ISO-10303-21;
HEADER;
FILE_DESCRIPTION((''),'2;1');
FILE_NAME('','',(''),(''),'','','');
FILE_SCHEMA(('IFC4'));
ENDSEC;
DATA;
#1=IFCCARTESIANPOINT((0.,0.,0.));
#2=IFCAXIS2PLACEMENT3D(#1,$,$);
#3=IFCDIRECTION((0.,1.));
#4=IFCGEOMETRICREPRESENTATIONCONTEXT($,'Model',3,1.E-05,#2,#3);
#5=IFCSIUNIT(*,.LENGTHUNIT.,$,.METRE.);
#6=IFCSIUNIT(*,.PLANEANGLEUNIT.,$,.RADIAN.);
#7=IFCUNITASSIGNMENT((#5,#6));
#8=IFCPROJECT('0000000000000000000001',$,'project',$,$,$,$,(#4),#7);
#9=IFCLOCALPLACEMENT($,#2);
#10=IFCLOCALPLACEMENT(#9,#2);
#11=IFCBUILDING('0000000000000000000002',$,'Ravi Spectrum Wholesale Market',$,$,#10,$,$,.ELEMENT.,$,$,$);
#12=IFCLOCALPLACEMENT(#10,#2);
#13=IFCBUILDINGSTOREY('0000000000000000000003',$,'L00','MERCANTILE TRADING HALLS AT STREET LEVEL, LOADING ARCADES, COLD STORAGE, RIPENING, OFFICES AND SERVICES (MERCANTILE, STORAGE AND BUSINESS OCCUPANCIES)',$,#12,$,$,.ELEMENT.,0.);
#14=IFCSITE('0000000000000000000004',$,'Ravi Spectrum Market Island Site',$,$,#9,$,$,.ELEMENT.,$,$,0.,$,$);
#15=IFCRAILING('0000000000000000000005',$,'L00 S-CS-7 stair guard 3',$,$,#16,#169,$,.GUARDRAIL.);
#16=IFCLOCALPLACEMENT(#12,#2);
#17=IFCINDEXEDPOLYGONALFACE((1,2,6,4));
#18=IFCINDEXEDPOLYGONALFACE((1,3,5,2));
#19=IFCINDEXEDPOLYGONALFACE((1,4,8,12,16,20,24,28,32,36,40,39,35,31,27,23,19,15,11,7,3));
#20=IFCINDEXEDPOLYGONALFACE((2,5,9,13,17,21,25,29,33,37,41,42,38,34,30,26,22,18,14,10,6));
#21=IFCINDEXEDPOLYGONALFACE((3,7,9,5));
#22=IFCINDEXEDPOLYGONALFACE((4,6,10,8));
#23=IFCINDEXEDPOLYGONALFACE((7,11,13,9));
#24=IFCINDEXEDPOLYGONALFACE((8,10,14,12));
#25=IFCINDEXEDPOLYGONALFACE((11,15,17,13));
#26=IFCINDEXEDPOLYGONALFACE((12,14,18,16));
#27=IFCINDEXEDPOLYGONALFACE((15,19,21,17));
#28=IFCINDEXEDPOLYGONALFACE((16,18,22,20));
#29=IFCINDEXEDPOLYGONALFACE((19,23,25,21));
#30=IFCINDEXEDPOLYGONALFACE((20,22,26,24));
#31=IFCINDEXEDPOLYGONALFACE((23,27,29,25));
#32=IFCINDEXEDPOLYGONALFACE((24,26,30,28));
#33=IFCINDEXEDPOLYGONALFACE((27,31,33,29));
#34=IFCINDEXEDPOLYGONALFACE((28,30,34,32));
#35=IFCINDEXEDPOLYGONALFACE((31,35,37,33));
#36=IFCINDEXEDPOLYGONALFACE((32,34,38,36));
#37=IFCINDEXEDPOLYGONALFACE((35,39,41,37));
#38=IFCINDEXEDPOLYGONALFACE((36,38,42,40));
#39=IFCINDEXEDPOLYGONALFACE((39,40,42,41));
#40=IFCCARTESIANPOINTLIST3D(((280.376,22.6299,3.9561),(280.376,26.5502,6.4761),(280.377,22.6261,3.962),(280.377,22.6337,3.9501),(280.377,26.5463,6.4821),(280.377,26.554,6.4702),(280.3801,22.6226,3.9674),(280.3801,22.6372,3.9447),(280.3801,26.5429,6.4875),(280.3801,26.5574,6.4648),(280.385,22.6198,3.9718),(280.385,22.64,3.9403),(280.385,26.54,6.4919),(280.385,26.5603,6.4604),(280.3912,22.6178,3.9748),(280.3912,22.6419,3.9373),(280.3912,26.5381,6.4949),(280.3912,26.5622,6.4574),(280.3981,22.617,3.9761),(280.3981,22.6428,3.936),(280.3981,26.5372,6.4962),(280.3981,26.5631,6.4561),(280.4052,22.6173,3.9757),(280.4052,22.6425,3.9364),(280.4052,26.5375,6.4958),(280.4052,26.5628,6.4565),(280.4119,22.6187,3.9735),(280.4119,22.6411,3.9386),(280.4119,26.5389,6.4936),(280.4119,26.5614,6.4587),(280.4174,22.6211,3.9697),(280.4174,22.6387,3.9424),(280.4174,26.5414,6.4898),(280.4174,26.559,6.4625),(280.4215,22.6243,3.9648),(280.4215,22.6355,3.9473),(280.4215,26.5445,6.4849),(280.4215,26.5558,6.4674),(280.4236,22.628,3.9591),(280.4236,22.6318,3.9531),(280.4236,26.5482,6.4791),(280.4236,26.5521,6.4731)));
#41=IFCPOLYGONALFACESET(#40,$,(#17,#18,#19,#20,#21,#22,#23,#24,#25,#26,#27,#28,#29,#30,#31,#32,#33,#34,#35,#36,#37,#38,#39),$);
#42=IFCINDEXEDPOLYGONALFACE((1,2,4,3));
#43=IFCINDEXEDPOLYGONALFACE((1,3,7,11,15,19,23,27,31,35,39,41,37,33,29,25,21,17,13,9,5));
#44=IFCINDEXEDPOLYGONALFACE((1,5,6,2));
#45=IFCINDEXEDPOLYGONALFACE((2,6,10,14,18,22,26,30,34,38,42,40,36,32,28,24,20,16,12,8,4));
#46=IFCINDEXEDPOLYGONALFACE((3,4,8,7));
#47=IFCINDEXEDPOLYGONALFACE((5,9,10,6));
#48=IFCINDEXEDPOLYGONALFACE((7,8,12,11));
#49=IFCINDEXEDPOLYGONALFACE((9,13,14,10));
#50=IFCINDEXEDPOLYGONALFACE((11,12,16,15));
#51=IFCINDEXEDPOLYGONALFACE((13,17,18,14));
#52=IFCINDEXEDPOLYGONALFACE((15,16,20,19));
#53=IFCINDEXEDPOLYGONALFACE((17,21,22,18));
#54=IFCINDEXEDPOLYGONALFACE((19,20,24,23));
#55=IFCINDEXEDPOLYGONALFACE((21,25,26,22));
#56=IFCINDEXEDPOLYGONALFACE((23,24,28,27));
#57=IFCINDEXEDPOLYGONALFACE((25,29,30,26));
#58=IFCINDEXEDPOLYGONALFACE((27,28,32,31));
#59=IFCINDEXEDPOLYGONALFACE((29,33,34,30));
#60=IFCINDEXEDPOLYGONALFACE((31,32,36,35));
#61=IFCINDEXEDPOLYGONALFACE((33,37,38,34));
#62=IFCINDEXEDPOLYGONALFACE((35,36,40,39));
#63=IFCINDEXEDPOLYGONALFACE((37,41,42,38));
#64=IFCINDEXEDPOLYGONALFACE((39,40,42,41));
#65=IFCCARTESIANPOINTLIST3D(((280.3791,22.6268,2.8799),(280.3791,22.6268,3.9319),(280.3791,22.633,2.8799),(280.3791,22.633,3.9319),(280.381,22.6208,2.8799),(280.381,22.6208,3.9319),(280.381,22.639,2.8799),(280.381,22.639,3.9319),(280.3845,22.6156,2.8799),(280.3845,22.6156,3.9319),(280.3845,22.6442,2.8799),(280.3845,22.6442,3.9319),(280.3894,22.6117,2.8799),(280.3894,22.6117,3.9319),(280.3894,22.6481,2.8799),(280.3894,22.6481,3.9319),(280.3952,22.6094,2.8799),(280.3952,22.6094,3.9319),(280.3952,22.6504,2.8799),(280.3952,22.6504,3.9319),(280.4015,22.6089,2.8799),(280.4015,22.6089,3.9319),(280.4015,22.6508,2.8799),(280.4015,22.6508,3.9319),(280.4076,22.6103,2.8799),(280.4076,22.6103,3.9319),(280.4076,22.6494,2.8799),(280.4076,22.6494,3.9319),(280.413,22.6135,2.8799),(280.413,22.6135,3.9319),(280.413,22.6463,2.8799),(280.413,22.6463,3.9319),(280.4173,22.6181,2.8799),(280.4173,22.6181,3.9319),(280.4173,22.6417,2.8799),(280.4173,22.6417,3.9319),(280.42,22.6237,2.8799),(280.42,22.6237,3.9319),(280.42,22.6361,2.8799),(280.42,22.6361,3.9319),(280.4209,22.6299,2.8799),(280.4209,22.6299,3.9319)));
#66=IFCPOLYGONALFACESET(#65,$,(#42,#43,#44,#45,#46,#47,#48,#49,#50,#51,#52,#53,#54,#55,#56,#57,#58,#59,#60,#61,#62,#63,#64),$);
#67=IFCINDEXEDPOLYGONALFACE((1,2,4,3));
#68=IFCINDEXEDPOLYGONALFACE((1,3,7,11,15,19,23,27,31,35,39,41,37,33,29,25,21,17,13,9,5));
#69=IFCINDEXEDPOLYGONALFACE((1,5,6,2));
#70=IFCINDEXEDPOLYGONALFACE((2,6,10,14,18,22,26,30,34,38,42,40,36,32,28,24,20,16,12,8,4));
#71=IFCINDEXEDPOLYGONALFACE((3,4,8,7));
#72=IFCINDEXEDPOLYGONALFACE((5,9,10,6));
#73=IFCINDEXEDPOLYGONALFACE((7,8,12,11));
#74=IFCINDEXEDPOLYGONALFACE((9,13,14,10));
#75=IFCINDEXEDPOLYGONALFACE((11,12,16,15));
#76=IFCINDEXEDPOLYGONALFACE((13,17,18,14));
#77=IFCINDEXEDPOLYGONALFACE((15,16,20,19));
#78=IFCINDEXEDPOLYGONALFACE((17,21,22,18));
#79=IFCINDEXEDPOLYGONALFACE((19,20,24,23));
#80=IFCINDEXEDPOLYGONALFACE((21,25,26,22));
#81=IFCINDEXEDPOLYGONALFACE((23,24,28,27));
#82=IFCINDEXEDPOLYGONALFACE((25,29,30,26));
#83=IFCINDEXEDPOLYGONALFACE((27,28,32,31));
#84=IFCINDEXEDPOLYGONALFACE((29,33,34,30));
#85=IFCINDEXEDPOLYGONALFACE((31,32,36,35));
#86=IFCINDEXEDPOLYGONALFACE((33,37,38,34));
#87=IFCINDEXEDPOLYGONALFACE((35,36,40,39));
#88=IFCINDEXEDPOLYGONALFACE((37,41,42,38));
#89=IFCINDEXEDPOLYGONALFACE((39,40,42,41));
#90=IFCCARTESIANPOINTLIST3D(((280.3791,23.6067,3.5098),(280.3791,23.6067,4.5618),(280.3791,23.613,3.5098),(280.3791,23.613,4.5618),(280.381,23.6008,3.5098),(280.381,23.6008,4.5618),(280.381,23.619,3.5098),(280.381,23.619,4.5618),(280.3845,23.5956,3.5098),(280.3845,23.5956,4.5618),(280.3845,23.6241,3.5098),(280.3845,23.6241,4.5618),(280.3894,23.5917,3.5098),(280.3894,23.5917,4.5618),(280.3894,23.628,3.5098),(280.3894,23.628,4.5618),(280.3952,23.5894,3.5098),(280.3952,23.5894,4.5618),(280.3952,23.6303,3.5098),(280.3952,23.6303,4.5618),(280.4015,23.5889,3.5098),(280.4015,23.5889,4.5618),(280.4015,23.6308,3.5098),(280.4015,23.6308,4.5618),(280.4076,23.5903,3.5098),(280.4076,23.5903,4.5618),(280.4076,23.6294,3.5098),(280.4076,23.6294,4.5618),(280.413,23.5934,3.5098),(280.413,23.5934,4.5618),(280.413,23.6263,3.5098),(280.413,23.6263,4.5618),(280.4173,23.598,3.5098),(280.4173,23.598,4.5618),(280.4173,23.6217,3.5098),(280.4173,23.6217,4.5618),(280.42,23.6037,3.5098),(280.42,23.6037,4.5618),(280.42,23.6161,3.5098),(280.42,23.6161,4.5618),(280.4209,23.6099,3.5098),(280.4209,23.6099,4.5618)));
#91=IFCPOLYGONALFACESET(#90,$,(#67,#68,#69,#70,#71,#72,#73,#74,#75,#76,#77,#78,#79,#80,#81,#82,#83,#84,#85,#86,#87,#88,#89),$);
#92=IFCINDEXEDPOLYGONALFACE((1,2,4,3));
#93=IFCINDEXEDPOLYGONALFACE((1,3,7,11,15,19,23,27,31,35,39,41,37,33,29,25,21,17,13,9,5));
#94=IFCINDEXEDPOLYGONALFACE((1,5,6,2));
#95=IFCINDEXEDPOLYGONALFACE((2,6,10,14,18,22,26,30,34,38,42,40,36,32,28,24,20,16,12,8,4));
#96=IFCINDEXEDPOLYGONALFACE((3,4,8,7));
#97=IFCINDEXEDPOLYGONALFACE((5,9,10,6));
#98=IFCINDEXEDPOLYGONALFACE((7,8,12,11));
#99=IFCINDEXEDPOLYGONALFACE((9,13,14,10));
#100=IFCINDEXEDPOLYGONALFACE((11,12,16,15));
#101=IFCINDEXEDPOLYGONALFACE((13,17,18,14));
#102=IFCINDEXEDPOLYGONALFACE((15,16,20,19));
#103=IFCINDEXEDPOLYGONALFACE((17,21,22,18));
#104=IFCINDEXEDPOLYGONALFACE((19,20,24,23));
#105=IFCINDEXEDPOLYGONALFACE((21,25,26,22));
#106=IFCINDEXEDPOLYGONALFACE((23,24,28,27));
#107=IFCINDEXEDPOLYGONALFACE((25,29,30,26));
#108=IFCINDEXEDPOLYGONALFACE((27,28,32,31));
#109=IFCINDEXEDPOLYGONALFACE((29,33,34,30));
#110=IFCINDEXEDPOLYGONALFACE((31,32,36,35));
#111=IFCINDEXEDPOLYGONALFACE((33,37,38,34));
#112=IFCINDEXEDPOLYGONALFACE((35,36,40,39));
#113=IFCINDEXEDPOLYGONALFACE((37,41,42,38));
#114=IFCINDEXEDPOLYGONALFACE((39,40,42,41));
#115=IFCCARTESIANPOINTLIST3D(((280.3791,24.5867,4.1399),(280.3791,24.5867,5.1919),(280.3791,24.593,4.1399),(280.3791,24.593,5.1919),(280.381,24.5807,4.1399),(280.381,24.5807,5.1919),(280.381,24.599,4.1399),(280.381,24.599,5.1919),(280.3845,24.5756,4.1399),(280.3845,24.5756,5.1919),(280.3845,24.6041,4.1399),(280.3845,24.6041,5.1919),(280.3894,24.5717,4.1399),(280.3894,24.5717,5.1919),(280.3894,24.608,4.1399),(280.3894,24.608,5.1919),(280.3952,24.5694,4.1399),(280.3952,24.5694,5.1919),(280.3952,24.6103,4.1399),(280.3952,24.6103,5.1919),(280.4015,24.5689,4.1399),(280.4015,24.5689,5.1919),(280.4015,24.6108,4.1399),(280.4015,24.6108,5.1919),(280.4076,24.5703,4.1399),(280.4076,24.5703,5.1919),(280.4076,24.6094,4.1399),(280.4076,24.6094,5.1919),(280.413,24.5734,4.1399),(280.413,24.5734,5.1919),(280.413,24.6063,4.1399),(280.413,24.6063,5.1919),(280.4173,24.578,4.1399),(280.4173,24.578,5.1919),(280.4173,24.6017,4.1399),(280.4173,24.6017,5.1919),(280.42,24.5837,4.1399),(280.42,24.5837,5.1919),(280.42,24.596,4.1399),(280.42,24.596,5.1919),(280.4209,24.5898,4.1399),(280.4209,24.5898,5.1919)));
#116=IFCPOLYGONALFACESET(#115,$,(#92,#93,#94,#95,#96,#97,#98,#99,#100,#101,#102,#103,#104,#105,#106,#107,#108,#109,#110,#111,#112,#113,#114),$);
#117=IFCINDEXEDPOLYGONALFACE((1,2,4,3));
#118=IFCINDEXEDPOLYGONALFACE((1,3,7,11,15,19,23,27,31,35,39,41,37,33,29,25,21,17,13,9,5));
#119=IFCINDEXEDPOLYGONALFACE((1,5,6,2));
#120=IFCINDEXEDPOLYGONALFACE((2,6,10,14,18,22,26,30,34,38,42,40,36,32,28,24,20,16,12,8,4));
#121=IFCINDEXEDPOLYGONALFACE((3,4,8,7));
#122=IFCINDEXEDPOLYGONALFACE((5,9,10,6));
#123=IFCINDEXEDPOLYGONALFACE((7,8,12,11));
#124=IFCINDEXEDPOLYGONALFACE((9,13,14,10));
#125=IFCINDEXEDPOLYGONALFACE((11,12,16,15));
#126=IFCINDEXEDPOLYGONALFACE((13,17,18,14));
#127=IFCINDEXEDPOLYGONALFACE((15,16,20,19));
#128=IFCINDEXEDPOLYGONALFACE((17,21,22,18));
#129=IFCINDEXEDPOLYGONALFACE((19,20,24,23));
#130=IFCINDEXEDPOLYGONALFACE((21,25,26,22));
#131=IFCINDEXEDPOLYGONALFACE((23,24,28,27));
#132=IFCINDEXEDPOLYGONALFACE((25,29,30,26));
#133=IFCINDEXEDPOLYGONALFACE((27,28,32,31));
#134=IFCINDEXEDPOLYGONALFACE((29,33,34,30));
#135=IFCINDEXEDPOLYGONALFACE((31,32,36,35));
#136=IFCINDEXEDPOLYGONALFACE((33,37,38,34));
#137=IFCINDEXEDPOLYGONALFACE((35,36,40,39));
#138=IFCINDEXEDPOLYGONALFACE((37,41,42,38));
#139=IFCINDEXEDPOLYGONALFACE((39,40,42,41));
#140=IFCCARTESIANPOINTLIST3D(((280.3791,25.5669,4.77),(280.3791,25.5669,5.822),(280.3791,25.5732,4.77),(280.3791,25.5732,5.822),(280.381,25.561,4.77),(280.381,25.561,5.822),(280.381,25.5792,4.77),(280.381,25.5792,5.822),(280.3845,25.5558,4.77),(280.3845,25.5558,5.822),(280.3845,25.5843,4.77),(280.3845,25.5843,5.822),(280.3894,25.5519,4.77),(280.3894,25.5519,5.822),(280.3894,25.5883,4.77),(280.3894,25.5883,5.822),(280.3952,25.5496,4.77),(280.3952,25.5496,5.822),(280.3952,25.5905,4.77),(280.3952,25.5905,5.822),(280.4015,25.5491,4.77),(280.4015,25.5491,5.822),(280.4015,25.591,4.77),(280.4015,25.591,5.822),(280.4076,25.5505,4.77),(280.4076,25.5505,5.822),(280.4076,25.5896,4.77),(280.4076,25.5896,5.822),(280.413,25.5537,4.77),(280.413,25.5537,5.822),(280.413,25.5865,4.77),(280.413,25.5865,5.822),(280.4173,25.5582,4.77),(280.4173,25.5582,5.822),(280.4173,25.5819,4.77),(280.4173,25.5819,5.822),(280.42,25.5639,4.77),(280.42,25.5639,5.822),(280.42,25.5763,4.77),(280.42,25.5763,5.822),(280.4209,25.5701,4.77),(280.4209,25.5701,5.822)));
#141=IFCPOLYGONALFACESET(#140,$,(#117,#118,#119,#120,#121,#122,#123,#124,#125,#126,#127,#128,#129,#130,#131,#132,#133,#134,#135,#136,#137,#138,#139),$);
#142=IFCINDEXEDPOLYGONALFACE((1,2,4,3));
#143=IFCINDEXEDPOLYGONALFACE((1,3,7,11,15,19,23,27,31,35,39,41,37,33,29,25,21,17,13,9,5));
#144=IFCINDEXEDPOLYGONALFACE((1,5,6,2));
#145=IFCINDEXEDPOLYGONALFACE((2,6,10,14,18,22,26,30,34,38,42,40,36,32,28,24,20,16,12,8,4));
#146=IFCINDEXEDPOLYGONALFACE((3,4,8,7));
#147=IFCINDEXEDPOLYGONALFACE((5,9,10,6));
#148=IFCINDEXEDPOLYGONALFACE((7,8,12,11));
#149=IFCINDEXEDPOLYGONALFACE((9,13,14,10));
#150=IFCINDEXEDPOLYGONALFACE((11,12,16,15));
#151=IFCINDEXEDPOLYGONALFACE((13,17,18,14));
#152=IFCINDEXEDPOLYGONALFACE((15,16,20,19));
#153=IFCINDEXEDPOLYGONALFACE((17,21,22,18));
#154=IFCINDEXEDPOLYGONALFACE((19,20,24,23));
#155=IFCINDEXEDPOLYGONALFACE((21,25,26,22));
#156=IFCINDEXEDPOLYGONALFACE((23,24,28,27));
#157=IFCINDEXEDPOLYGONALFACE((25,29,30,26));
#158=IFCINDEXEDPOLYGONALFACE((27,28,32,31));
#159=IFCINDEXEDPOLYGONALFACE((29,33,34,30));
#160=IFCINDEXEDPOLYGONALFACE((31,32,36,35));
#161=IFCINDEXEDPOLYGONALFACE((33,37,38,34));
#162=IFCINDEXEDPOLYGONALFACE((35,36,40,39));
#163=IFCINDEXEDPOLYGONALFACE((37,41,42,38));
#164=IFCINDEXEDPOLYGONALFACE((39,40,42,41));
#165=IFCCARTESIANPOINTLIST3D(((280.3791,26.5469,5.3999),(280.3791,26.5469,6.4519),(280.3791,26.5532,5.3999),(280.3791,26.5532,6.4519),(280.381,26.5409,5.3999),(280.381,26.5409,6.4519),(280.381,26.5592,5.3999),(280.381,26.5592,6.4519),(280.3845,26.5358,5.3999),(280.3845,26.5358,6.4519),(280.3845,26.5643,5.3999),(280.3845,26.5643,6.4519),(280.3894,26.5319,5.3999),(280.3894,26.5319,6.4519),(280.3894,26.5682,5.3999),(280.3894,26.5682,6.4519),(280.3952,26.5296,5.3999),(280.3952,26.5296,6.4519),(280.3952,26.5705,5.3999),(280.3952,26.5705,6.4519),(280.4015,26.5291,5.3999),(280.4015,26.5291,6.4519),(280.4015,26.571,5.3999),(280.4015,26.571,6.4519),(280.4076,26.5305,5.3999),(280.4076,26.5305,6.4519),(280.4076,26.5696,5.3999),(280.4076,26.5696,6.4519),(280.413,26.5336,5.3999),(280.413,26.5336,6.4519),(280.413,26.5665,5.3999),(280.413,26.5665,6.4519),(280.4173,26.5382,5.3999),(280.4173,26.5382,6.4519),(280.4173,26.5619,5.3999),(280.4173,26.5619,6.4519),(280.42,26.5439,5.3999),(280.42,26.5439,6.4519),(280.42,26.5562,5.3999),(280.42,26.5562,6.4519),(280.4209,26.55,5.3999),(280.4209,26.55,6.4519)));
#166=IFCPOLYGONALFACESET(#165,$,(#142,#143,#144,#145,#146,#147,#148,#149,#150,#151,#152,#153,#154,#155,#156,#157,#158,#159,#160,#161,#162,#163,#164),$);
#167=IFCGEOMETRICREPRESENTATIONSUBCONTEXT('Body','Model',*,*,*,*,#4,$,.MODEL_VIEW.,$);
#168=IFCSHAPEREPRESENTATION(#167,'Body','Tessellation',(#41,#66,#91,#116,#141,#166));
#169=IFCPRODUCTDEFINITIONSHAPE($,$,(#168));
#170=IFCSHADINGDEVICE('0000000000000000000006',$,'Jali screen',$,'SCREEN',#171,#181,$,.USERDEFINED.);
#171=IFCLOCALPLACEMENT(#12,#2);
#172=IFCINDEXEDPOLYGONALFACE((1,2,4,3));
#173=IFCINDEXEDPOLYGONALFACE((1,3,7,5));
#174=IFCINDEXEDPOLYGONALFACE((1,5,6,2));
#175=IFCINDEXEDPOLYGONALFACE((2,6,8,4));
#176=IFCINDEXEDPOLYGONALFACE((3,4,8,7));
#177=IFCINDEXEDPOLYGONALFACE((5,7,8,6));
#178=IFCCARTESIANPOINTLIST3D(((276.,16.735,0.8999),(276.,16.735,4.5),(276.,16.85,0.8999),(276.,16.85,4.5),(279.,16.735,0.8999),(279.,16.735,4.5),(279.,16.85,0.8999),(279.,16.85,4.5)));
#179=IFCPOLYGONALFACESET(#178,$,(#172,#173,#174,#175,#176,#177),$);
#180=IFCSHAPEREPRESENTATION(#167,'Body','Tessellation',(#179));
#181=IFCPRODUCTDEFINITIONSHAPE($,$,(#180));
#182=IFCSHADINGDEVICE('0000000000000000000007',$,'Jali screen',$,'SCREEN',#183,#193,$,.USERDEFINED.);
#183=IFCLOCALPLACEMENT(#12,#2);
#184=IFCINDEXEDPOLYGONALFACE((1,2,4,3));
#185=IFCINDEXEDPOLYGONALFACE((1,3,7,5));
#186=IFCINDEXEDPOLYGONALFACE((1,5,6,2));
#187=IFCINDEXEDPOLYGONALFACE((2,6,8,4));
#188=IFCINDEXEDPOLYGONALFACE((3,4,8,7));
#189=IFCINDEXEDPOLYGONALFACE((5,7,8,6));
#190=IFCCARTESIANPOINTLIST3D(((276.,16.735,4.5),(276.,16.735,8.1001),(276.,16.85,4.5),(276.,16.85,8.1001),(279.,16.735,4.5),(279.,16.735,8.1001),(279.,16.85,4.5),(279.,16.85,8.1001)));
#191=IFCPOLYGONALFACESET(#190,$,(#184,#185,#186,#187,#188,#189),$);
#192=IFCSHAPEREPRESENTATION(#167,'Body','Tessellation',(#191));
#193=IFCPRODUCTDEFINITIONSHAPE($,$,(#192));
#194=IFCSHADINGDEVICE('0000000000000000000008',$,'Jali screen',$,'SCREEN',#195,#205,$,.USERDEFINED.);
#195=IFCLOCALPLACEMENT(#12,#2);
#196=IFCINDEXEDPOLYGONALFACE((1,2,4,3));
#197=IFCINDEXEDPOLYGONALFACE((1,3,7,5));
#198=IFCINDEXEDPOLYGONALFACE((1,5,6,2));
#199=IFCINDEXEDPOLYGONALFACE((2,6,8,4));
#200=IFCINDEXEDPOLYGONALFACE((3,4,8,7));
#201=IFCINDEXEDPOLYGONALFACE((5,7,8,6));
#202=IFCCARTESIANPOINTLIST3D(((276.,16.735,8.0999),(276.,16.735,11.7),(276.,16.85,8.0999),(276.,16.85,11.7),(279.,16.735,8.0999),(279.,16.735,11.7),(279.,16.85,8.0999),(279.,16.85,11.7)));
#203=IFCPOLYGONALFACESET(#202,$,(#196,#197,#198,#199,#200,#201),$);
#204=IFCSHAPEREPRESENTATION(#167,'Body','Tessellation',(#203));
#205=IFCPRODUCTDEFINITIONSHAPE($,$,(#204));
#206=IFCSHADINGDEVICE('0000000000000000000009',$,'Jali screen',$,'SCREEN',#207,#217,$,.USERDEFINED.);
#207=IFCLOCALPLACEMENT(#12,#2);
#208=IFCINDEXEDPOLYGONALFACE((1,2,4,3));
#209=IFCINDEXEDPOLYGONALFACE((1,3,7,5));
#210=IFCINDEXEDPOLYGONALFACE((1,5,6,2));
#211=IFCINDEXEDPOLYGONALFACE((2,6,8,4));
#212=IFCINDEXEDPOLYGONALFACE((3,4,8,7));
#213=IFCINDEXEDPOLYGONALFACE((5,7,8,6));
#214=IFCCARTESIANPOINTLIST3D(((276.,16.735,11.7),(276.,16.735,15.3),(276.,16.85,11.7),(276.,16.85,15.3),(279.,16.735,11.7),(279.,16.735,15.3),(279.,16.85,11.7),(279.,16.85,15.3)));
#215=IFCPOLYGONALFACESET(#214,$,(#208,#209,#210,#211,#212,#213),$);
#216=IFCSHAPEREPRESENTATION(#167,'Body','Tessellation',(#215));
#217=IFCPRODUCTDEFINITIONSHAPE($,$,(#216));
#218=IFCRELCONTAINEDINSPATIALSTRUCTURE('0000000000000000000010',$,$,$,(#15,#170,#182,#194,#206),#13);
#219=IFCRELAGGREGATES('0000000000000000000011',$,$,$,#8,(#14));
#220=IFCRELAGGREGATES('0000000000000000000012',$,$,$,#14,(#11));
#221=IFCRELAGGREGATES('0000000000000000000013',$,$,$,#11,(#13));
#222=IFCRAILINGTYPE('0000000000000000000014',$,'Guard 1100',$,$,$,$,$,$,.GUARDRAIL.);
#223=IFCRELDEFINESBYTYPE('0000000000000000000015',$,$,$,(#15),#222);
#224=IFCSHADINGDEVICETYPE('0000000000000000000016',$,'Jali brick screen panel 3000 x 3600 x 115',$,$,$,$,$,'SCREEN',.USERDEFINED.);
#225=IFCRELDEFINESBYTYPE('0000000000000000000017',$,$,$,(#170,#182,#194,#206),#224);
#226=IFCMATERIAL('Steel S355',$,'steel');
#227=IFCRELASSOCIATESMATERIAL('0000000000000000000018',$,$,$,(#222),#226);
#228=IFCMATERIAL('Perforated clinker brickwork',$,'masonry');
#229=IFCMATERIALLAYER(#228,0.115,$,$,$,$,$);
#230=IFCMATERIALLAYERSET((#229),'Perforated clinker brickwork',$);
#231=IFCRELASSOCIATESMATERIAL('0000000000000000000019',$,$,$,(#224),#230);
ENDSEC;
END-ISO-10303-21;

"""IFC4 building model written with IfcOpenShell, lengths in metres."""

from ifc_helpers import new_model, si_unit, direction, frame, origin, origin_2d, place, context, subcontext, project, spatial, rectangle, circle, extrude, material, layer, layer_set, type_object, element, save


model = new_model("IFC4")

# Units and contexts
model_context = context("Model", 3, precision=1e-05, world=origin(), true_north=direction((0.0, 1.0)))
body_context = subcontext(model_context, "Body", "Model", "MODEL_VIEW")
ifc_project = project(units=[si_unit("LENGTHUNIT", "METRE"), si_unit("PLANEANGLEUNIT", "RADIAN")], contexts=[model_context])

# Site, building, storey
site_placement = place(None, origin())
site = spatial("IfcSite", under=ifc_project, at=site_placement, Name="Ravi Spectrum Market Island Site", CompositionType="ELEMENT", RefElevation=0.0)
building_placement = place(site_placement, origin())
building = spatial("IfcBuilding", under=site, at=building_placement, Name="Ravi Spectrum Wholesale Market", CompositionType="ELEMENT")
storey_placement = place(building_placement, origin())
storey = spatial("IfcBuildingStorey", under=building, at=storey_placement, Name="L00", Description="MERCANTILE TRADING HALLS AT STREET LEVEL, LOADING ARCADES, COLD STORAGE, RIPENING, OFFICES AND SERVICES (MERCANTILE, STORAGE AND BUSINESS OCCUPANCIES)", CompositionType="ELEMENT", Elevation=0.0)

# Railing
ifc_material_1 = material(Name="Steel S355", Category="steel")
railing_type = type_object("IfcRailingType", Name="Guard 1100", PredefinedType="GUARDRAIL", material=ifc_material_1)
railing_1_placement = place(storey_placement, frame((280.3999, 22.6299, 2.8799)))
element("IfcRailing", 1, at=railing_1_placement, inside=storey, type_object=railing_type, Name="L00 S-CS-7 stair guard 3", PredefinedType="GUARDRAIL", context=body_context, shape_type="SweptSolid", body=[
    extrude(circle(Radius=0.0239, at=origin_2d()), frame((0.0, 0.0, 1.0762), z_axis=(0.0, 0.841187, 0.540744), x_axis=(-1.0, 0.0, 0.0)), (0.0, 0.0, 1.0), 4.6604),
    extrude(circle(Radius=0.021, at=origin_2d()), origin(), (0.0, 0.0, 1.0), 1.052),
    extrude(circle(Radius=0.021, at=origin_2d()), frame((0.0, 0.98, 0.6299)), (0.0, 0.0, 1.0), 1.052),
    extrude(circle(Radius=0.021, at=origin_2d()), frame((0.0, 1.96, 1.26)), (0.0, 0.0, 1.0), 1.052),
    extrude(circle(Radius=0.021, at=origin_2d()), frame((0.0, 2.9402, 1.8901)), (0.0, 0.0, 1.0), 1.052),
    extrude(circle(Radius=0.021, at=origin_2d()), frame((0.0, 3.9202, 2.52)), (0.0, 0.0, 1.0), 1.052),
])

# Shading devices
ifc_material_2 = material(Name="Perforated clinker brickwork", Category="masonry")
ifc_layer = layer(ifc_material_2, 0.115)
ifc_layer_set = layer_set([ifc_layer], Name="Perforated clinker brickwork")
shading_device_type = type_object("IfcShadingDeviceType", Name="Jali brick screen panel 3000 x 3600 x 115", ElementType="SCREEN", PredefinedType="USERDEFINED", material=ifc_layer_set)
for number, where, z_axis, x_axis, name in (
    (2, (277.5, 16.7925, 0.8999), (0.0, 0.0, 1.0), (1.0, 0.0, 0.0), "Jali screen"),
    (3, (277.5, 16.7925, 4.5), (0.0, 0.0, 1.0), (1.0, 0.0, 0.0), "Jali screen"),
    (4, (277.5, 16.7925, 8.0999), (0.0, 0.0, 1.0), (1.0, 0.0, 0.0), "Jali screen"),
    (5, (277.5, 16.7925, 11.7), (0.0, 0.0, 1.0), (1.0, 0.0, 0.0), "Jali screen"),
):
    element("IfcShadingDevice", number, at=place(storey_placement, frame(where, z_axis=z_axis, x_axis=x_axis)), inside=storey, type_object=shading_device_type, Name=name, ObjectType="SCREEN", PredefinedType="USERDEFINED", context=body_context, shape_type="SweptSolid", body=[
        extrude(rectangle(XDim=3.0, YDim=0.115, at=origin_2d()), origin(), (0.0, 0.0, 1.0), 3.6001),
    ])

save(model, "model.ifc")
